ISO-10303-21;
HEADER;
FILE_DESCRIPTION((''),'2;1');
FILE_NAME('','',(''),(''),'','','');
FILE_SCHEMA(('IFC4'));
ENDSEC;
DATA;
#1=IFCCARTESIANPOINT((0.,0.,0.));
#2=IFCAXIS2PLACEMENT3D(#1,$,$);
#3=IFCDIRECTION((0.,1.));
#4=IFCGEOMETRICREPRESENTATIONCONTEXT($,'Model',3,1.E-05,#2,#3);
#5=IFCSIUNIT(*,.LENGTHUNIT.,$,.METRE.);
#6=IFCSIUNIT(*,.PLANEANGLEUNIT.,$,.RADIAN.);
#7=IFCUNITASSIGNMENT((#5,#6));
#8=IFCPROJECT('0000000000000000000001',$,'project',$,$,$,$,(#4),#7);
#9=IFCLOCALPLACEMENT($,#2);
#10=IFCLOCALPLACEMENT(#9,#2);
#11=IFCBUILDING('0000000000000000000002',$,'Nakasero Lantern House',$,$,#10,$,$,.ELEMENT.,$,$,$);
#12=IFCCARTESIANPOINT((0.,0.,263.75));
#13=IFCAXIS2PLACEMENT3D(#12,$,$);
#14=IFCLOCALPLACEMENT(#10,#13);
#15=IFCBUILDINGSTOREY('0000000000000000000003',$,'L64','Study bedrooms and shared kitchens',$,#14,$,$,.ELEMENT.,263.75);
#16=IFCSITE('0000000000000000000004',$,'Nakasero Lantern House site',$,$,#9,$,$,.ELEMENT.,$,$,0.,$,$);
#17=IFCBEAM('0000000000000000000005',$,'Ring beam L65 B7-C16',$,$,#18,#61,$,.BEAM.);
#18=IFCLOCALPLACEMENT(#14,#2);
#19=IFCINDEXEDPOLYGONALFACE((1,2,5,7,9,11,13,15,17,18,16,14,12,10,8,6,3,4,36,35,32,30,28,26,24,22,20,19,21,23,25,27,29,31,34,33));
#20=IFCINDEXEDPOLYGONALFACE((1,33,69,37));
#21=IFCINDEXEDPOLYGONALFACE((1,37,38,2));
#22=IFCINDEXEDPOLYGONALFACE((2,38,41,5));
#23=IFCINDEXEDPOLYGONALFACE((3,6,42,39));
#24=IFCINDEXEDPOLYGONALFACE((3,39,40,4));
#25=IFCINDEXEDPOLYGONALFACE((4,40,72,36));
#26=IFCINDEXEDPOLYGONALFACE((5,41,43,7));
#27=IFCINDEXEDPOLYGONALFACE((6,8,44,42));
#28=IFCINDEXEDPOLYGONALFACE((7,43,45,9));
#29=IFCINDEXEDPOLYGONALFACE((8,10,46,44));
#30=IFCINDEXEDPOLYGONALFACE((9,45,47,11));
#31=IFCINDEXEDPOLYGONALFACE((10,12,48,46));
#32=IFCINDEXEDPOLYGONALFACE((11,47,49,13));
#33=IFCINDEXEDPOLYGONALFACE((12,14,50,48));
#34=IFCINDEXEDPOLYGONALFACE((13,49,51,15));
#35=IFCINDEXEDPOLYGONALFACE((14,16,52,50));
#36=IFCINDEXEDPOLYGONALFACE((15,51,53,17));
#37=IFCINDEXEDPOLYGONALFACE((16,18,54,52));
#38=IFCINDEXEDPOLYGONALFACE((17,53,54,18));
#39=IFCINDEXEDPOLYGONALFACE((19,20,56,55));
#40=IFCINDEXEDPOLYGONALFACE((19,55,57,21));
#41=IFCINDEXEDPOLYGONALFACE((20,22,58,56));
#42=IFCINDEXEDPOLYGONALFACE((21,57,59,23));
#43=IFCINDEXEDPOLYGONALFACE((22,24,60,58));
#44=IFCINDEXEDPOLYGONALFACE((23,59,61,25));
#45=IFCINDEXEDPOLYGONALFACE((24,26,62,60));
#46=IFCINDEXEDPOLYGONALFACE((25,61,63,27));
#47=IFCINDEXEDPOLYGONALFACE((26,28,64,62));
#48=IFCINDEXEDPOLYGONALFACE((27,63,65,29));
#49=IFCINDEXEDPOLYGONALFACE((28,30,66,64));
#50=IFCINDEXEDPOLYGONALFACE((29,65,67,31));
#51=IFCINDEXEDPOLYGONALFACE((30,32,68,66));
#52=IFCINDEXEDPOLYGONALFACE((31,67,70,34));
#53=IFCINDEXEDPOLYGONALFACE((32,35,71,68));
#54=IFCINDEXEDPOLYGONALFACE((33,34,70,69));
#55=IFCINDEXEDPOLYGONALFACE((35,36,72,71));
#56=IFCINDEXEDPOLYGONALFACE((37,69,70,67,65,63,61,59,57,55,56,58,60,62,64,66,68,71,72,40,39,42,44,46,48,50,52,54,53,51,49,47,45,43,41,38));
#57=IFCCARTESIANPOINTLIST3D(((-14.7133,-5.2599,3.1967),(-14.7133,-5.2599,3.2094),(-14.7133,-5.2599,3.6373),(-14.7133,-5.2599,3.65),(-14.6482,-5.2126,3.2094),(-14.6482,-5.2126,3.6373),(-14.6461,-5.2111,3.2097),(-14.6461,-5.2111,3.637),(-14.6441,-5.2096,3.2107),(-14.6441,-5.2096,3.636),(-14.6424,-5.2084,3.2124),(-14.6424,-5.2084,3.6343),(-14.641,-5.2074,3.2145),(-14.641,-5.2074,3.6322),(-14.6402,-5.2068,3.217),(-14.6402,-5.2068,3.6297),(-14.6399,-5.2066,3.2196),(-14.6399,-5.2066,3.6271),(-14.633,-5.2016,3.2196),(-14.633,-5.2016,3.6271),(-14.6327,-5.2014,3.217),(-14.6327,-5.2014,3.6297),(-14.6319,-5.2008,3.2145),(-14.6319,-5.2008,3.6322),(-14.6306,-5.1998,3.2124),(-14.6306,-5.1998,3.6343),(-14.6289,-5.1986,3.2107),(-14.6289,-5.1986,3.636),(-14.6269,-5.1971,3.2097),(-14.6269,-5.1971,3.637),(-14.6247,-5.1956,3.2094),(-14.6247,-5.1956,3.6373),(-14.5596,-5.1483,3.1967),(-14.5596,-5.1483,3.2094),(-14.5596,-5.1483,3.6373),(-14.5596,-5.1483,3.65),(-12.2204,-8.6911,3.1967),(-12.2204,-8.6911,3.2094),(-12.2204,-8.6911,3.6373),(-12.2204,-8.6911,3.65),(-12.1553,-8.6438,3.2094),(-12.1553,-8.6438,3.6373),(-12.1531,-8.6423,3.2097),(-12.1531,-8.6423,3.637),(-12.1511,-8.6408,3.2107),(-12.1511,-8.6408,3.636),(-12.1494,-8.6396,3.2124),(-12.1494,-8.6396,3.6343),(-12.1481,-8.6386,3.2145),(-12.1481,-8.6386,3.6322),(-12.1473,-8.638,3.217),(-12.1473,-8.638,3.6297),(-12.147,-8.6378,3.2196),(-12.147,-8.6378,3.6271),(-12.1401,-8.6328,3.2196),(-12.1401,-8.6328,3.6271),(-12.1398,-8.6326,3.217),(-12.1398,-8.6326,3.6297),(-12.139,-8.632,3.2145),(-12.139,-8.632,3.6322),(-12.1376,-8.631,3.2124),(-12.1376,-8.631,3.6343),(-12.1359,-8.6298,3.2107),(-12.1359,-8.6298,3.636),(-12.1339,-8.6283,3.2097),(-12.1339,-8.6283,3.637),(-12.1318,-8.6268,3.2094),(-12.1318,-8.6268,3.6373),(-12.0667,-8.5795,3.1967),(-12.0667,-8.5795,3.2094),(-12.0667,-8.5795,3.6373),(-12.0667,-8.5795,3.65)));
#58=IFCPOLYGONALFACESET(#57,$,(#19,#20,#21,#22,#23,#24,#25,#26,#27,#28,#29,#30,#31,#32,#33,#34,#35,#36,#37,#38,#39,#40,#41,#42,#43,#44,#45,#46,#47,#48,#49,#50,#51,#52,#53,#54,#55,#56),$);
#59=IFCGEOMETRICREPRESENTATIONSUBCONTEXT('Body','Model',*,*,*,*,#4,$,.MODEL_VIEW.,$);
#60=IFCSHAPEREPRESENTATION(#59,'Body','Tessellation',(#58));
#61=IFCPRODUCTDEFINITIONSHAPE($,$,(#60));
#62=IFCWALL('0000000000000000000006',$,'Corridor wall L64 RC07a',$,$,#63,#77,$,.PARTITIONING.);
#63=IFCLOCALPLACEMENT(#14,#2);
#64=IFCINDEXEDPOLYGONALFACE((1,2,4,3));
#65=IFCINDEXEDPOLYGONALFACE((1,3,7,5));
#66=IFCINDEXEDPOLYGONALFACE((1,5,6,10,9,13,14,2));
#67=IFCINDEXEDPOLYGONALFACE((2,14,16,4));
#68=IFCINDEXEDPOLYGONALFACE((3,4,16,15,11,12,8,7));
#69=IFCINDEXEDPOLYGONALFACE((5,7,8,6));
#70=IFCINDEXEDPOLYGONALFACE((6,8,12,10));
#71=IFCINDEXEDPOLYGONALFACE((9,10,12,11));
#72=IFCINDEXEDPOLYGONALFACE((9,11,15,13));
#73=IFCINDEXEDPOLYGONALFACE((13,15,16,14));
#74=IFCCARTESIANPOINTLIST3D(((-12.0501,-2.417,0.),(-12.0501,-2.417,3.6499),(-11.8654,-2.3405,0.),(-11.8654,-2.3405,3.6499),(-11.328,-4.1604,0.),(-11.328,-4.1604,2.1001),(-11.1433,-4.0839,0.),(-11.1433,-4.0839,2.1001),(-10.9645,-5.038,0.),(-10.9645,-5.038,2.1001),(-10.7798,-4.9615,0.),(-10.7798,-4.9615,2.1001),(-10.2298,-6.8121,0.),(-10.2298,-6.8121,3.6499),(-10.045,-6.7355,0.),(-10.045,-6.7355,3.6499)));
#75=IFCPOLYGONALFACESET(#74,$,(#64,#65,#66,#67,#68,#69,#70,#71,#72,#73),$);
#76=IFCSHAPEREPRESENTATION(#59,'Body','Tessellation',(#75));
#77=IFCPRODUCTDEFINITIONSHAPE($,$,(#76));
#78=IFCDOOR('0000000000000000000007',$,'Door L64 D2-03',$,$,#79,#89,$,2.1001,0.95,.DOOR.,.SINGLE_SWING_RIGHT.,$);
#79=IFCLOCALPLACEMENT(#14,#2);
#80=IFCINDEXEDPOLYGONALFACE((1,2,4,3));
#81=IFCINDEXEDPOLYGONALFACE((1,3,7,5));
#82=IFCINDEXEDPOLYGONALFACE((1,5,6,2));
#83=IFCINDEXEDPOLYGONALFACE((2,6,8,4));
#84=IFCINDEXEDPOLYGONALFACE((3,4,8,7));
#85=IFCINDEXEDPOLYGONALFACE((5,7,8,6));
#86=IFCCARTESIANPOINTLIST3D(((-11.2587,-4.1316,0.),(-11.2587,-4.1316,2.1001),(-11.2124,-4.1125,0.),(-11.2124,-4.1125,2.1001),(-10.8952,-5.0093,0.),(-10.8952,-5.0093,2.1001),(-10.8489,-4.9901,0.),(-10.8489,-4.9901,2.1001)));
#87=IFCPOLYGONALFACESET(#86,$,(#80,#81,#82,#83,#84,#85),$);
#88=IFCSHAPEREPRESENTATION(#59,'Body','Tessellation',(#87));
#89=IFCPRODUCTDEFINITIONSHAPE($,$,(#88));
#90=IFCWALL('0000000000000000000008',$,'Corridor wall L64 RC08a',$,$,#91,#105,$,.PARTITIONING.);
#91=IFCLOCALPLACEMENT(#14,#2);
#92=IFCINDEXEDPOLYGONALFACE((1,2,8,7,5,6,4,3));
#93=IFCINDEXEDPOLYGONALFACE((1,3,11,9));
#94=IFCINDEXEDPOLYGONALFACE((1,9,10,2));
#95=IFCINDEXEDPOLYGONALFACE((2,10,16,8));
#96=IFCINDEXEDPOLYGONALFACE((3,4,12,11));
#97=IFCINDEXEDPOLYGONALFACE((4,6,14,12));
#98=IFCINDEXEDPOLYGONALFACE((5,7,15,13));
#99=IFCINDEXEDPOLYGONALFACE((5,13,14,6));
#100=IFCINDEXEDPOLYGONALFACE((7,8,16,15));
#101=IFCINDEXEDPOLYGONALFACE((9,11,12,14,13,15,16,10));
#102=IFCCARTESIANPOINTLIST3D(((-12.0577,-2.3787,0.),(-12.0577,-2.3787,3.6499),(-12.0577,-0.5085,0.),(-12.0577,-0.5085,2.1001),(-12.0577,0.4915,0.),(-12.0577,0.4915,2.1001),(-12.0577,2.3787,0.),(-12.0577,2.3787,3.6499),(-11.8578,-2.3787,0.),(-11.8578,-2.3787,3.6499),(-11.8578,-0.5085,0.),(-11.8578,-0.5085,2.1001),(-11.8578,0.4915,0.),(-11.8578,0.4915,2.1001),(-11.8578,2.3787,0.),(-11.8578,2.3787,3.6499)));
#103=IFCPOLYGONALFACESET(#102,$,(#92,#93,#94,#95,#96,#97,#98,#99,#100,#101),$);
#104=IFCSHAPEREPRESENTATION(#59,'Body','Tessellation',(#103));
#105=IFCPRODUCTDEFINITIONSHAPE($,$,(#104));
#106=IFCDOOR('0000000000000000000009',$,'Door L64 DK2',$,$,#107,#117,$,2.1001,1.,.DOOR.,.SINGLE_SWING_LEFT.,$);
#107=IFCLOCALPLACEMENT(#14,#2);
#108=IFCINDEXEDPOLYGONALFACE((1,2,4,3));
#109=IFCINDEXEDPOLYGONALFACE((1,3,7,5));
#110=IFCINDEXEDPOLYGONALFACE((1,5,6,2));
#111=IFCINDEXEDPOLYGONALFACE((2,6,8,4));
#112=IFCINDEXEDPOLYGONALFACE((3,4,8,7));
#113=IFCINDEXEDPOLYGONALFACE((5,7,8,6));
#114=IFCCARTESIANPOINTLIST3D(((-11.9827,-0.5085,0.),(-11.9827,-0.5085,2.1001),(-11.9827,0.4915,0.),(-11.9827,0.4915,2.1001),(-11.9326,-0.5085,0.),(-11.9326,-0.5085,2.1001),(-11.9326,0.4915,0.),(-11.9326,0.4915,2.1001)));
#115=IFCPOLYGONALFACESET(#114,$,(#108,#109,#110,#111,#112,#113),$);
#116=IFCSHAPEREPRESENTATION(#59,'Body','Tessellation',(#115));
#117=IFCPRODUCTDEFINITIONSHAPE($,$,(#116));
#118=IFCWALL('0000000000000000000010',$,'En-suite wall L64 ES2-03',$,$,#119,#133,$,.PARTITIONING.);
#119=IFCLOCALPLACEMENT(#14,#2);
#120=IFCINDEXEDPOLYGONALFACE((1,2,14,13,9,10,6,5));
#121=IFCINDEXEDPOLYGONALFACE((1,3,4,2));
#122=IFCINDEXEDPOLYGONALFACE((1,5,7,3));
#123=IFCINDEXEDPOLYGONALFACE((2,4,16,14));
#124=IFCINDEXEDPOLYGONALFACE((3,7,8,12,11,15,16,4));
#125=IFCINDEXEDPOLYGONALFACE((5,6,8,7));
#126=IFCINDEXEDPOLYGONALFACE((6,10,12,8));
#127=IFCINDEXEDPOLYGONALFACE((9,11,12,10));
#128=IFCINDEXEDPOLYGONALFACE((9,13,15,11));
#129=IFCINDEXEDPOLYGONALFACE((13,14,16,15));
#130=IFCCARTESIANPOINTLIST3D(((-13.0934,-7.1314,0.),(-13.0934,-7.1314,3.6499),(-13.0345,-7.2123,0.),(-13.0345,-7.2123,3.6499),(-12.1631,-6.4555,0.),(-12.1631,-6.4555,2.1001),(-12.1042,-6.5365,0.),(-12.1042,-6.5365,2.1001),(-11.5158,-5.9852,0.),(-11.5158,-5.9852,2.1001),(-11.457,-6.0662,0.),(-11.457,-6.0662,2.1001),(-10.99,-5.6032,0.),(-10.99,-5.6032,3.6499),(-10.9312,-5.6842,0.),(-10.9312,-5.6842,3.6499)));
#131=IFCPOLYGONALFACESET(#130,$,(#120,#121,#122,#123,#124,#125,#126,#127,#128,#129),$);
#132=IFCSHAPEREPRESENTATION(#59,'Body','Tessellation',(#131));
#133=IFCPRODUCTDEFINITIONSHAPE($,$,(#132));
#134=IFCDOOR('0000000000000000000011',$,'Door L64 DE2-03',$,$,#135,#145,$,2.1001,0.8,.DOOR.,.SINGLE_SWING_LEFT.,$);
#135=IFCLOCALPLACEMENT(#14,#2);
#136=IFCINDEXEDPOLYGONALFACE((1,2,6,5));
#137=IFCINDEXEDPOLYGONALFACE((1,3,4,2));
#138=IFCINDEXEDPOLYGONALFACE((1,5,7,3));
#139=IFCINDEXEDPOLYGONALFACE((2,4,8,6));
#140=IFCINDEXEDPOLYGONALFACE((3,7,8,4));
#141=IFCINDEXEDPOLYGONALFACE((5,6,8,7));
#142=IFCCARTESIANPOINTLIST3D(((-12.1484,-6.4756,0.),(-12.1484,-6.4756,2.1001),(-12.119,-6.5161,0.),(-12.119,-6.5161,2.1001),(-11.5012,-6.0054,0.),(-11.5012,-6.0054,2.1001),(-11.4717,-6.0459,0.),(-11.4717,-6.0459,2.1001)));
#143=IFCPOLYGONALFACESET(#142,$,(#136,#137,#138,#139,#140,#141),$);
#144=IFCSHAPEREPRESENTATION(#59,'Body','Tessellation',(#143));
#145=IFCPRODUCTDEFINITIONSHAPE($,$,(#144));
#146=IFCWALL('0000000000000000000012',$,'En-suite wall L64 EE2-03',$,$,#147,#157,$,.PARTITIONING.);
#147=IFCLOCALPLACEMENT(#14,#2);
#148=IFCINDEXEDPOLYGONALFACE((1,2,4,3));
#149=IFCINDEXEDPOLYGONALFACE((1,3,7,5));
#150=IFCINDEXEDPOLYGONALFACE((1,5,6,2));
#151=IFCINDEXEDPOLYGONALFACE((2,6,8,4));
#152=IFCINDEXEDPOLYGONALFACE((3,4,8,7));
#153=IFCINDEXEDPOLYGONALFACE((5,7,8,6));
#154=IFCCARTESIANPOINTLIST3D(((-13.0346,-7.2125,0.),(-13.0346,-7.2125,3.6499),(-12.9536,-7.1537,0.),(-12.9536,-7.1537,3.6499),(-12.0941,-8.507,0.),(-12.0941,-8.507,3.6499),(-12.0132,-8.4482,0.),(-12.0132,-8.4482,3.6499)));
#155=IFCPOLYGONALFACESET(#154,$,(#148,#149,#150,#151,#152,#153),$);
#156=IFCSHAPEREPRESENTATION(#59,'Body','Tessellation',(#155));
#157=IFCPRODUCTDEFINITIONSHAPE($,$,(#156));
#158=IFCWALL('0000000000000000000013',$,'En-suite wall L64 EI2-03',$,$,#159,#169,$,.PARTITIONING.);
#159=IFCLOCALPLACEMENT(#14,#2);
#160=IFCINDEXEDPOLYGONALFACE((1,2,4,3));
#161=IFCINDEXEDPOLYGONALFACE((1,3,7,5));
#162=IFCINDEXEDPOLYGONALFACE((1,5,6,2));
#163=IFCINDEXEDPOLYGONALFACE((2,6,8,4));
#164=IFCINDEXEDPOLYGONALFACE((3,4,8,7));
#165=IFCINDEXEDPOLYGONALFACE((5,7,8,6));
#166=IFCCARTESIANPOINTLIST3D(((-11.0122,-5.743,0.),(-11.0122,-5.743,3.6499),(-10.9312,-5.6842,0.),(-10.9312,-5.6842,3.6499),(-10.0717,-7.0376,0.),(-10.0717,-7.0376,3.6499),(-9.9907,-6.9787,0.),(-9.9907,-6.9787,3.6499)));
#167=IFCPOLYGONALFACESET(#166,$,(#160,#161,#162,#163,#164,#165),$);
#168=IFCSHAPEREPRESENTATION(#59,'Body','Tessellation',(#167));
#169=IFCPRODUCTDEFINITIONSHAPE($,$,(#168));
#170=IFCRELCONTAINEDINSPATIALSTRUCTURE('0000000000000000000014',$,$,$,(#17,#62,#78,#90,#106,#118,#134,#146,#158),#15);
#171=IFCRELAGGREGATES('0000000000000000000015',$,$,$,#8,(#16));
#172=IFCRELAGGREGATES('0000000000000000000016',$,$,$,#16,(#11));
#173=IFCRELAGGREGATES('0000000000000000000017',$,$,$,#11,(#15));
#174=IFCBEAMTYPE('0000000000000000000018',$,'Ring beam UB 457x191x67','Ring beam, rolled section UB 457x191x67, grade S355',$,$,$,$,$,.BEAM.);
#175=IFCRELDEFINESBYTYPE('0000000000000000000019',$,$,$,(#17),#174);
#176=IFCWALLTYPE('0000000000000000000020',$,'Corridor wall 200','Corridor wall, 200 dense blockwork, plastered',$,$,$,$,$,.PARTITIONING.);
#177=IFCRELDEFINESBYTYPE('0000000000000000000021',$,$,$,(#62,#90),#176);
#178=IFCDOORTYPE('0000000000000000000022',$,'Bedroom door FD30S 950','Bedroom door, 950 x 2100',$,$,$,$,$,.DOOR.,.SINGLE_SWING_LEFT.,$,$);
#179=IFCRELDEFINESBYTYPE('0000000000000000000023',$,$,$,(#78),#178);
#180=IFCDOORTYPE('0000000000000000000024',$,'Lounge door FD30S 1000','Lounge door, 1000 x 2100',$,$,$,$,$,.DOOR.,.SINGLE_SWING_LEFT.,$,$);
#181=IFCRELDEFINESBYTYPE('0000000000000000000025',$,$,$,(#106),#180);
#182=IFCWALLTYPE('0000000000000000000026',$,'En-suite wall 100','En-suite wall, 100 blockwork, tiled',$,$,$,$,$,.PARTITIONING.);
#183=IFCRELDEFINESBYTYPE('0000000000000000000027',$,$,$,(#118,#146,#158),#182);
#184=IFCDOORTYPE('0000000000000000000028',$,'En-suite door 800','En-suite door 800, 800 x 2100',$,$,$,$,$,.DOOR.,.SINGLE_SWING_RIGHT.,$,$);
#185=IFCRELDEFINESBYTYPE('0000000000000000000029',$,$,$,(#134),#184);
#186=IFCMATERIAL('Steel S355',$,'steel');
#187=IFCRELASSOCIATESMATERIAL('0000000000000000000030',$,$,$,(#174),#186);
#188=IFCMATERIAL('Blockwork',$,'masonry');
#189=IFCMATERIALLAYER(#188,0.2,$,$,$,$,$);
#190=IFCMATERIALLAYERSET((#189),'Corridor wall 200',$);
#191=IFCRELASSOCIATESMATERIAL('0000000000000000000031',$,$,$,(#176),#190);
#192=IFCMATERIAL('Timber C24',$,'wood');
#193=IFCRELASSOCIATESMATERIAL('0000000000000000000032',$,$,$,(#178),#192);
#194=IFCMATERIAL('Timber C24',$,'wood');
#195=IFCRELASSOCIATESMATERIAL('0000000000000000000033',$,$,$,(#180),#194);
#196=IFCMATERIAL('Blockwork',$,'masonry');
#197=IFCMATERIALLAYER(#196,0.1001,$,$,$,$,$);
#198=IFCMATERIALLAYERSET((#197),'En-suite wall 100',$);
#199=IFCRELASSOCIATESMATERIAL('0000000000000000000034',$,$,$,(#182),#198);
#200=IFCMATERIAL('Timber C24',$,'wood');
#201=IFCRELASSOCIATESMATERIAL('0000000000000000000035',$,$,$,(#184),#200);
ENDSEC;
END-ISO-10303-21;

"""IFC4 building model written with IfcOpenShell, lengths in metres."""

from ifc_helpers import new_model, si_unit, direction, frame, frame_2d, origin, origin_2d, place, context, subcontext, project, spatial, rectangle, i_section, extrude, material, layer, layer_set, material_profile, profile_set, type_object, element, fill, save


model = new_model("IFC4")

# Units and contexts
model_context = context("Model", 3, precision=1e-05, world=origin(), true_north=direction((0.0, 1.0)))
body_context = subcontext(model_context, "Body", "Model", "MODEL_VIEW")
ifc_project = project(units=[si_unit("LENGTHUNIT", "METRE"), si_unit("PLANEANGLEUNIT", "RADIAN")], contexts=[model_context])

# Site, building, storey
site_placement = place(None, origin())
site = spatial("IfcSite", under=ifc_project, at=site_placement, Name="Nakasero Lantern House site", CompositionType="ELEMENT", RefElevation=0.0)
building_placement = place(site_placement, origin())
building = spatial("IfcBuilding", under=site, at=building_placement, Name="Nakasero Lantern House", CompositionType="ELEMENT")
storey_placement = place(building_placement, frame((0.0, 0.0, 263.75)))
storey = spatial("IfcBuildingStorey", under=building, at=storey_placement, Name="L64", Description="Study bedrooms and shared kitchens", CompositionType="ELEMENT", Elevation=263.75)

# Beam
ifc_material_1 = material(Name="Steel S355", Category="steel")
ifc_material_profile_1 = material_profile(ifc_material_1, i_section(OverallWidth=0.1899, OverallDepth=0.4534, WebThickness=0.0085, FlangeThickness=0.0127, FilletRadius=0.0103, at=origin_2d()), Name="UB 457x191x67")
ifc_profile_set_1 = profile_set([ifc_material_profile_1], Name="Steel S355")
beam_type_1 = type_object("IfcBeamType", Name="Ring beam UB 457x191x67", Description="Ring beam, rolled section UB 457x191x67, grade S355", PredefinedType="BEAM", material=ifc_profile_set_1)
beam_1_placement = place(storey_placement, frame((-14.6365, -5.2041, 3.4233), z_axis=(0.587792, -0.809012, 0.0), x_axis=(0.809012, 0.587792, 0.0)))
element("IfcBeam", 1, at=beam_1_placement, inside=storey, type_object=beam_type_1, Name="Ring beam L65 B7-C16", PredefinedType="BEAM", context=body_context, shape_type="SweptSolid", body=[
    extrude(i_section(OverallWidth=0.1899, OverallDepth=0.4534, WebThickness=0.0085, FlangeThickness=0.0127, FilletRadius=0.0103, at=origin_2d()), origin(), (0.0, 0.0, 1.0), 4.2412),
])

# Walls, openings, doors
ifc_material_2 = material(Name="Blockwork", Category="masonry")
ifc_layer_1 = layer(ifc_material_2, 0.2)
ifc_layer_set_1 = layer_set([ifc_layer_1], Name="Corridor wall 200")
wall_type_1 = type_object("IfcWallType", Name="Corridor wall 200", Description="Corridor wall, 200 dense blockwork, plastered", PredefinedType="PARTITIONING", material=ifc_layer_set_1)
wall_1_placement = place(storey_placement, frame((-10.1375, -6.7737, 0.0), z_axis=(0.0, 0.0, 1.0), x_axis=(-0.382654, 0.923892, 0.0)))
wall_1 = element("IfcWall", 2, at=wall_1_placement, inside=storey, type_object=wall_type_1, Name="Corridor wall L64 RC07a", PredefinedType="PARTITIONING", context=body_context, shape_type="SweptSolid", body=[
    extrude(rectangle(XDim=4.7571, YDim=0.2, at=frame_2d((2.3784, 0.0))), origin(), (0.0, 0.0, 1.0), 3.6499),
])
opening_1_placement = place(wall_1_placement, frame((1.9199, 0.0, 0.0)))
opening_1 = element("IfcOpeningElement", 3, at=opening_1_placement, cuts=wall_1, PredefinedType="OPENING", context=body_context, shape_type="SweptSolid", body=[
    extrude(rectangle(XDim=0.95, YDim=2.1001, at=frame_2d((0.4751, 1.05))), frame((0.0, 0.1199, 0.0), z_axis=(0.0, -1.0, 0.0), x_axis=(1.0, 0.0, 0.0)), (0.0, 0.0, 1.0), 0.24),
])
ifc_material_3 = material(Name="Timber C24", Category="wood")
door_type_1 = type_object("IfcDoorType", Name="Bedroom door FD30S 950", Description="Bedroom door, 950 x 2100", OperationType="SINGLE_SWING_LEFT", PredefinedType="DOOR", material=ifc_material_3)
door_1_placement = place(opening_1_placement, origin())
door_1 = element("IfcDoor", 4, at=door_1_placement, inside=storey, type_object=door_type_1, Name="Door L64 D2-03", OperationType="SINGLE_SWING_RIGHT", OverallHeight=2.1001, OverallWidth=0.95, PredefinedType="DOOR", context=body_context, shape_type="SweptSolid", body=[
    extrude(rectangle(XDim=0.95, YDim=2.1001, at=frame_2d((0.4751, 1.05))), frame((0.0, 0.0249, 0.0), z_axis=(0.0, -1.0, 0.0), x_axis=(1.0, 0.0, 0.0)), (0.0, 0.0, 1.0), 0.05),
])
fill(opening_1, door_1)
wall_2_placement = place(storey_placement, frame((-11.9578, -2.3787, 0.0), z_axis=(0.0, 0.0, 1.0), x_axis=(0.0, 1.0, 0.0)))
wall_2 = element("IfcWall", 5, at=wall_2_placement, inside=storey, type_object=wall_type_1, Name="Corridor wall L64 RC08a", PredefinedType="PARTITIONING", context=body_context, shape_type="SweptSolid", body=[
    extrude(rectangle(XDim=4.7573, YDim=0.2, at=frame_2d((2.3787, 0.0))), origin(), (0.0, 0.0, 1.0), 3.6499),
])
opening_2_placement = place(wall_2_placement, frame((1.8701, 0.0, 0.0)))
opening_2 = element("IfcOpeningElement", 6, at=opening_2_placement, cuts=wall_2, PredefinedType="OPENING", context=body_context, shape_type="SweptSolid", body=[
    extrude(rectangle(XDim=1.0, YDim=2.1001, at=frame_2d((0.5, 1.05))), frame((0.0, 0.1199, 0.0), z_axis=(0.0, -1.0, 0.0), x_axis=(1.0, 0.0, 0.0)), (0.0, 0.0, 1.0), 0.24),
])
ifc_material_4 = material(Name="Timber C24", Category="wood")
door_type_2 = type_object("IfcDoorType", Name="Lounge door FD30S 1000", Description="Lounge door, 1000 x 2100", OperationType="SINGLE_SWING_LEFT", PredefinedType="DOOR", material=ifc_material_4)
door_2_placement = place(opening_2_placement, origin())
door_2 = element("IfcDoor", 7, at=door_2_placement, inside=storey, type_object=door_type_2, Name="Door L64 DK2", OperationType="SINGLE_SWING_LEFT", OverallHeight=2.1001, OverallWidth=1.0, PredefinedType="DOOR", context=body_context, shape_type="SweptSolid", body=[
    extrude(rectangle(XDim=1.0, YDim=2.1001, at=frame_2d((0.5, 1.05))), frame((0.0, 0.0249, 0.0), z_axis=(0.0, -1.0, 0.0), x_axis=(1.0, 0.0, 0.0)), (0.0, 0.0, 1.0), 0.05),
])
fill(opening_2, door_2)
ifc_material_5 = material(Name="Blockwork", Category="masonry")
ifc_layer_2 = layer(ifc_material_5, 0.1001)
ifc_layer_set_2 = layer_set([ifc_layer_2], Name="En-suite wall 100")
wall_type_2 = type_object("IfcWallType", Name="En-suite wall 100", Description="En-suite wall, 100 blockwork, tiled", PredefinedType="PARTITIONING", material=ifc_layer_set_2)
wall_3_placement = place(storey_placement, frame((-10.9607, -5.6438, 0.0), z_axis=(0.0, 0.0, 1.0), x_axis=(-0.809024, -0.587775, 0.0)))
wall_3 = element("IfcWall", 8, at=wall_3_placement, inside=storey, type_object=wall_type_2, Name="En-suite wall L64 ES2-03", PredefinedType="PARTITIONING", context=body_context, shape_type="SweptSolid", body=[
    extrude(rectangle(XDim=2.5999, YDim=0.1001, at=frame_2d((1.2998, 0.0))), origin(), (0.0, 0.0, 1.0), 3.6499),
])
opening_3_placement = place(wall_3_placement, frame((0.6499, 0.0, 0.0)))
opening_3 = element("IfcOpeningElement", 9, at=opening_3_placement, cuts=wall_3, PredefinedType="OPENING", context=body_context, shape_type="SweptSolid", body=[
    extrude(rectangle(XDim=0.8, YDim=2.1001, at=frame_2d((0.3999, 1.05))), frame((0.0, 0.0701, 0.0), z_axis=(0.0, -1.0, 0.0), x_axis=(1.0, 0.0, 0.0)), (0.0, 0.0, 1.0), 0.1401),
])
ifc_material_6 = material(Name="Timber C24", Category="wood")
door_type_3 = type_object("IfcDoorType", Name="En-suite door 800", Description="En-suite door 800, 800 x 2100", OperationType="SINGLE_SWING_RIGHT", PredefinedType="DOOR", material=ifc_material_6)
door_3_placement = place(opening_3_placement, origin())
door_3 = element("IfcDoor", 10, at=door_3_placement, inside=storey, type_object=door_type_3, Name="Door L64 DE2-03", OperationType="SINGLE_SWING_LEFT", OverallHeight=2.1001, OverallWidth=0.8, PredefinedType="DOOR", context=body_context, shape_type="SweptSolid", body=[
    extrude(rectangle(XDim=0.8, YDim=2.1001, at=frame_2d((0.3999, 1.05))), frame((0.0, 0.0249, 0.0), z_axis=(0.0, -1.0, 0.0), x_axis=(1.0, 0.0, 0.0)), (0.0, 0.0, 1.0), 0.05),
])
fill(opening_3, door_3)

# Walls
for number, where, z_axis, x_axis, name in (
    (11, (-12.9941, -7.1831, 0.0), (0.0, 0.0, 1.0), (0.587772, -0.809026, 0.0), "En-suite wall L64 EE2-03"),
    (12, (-10.9717, -5.7136, 0.0), (0.0, 0.0, 1.0), (0.587772, -0.809026, 0.0), "En-suite wall L64 EI2-03"),
):
    element("IfcWall", number, at=place(storey_placement, frame(where, z_axis=z_axis, x_axis=x_axis)), inside=storey, type_object=wall_type_2, Name=name, PredefinedType="PARTITIONING", context=body_context, shape_type="SweptSolid", body=[
        extrude(rectangle(XDim=1.6001, YDim=0.1001, at=frame_2d((0.8, 0.0))), origin(), (0.0, 0.0, 1.0), 3.6499),
    ])

save(model, "model.ifc")
